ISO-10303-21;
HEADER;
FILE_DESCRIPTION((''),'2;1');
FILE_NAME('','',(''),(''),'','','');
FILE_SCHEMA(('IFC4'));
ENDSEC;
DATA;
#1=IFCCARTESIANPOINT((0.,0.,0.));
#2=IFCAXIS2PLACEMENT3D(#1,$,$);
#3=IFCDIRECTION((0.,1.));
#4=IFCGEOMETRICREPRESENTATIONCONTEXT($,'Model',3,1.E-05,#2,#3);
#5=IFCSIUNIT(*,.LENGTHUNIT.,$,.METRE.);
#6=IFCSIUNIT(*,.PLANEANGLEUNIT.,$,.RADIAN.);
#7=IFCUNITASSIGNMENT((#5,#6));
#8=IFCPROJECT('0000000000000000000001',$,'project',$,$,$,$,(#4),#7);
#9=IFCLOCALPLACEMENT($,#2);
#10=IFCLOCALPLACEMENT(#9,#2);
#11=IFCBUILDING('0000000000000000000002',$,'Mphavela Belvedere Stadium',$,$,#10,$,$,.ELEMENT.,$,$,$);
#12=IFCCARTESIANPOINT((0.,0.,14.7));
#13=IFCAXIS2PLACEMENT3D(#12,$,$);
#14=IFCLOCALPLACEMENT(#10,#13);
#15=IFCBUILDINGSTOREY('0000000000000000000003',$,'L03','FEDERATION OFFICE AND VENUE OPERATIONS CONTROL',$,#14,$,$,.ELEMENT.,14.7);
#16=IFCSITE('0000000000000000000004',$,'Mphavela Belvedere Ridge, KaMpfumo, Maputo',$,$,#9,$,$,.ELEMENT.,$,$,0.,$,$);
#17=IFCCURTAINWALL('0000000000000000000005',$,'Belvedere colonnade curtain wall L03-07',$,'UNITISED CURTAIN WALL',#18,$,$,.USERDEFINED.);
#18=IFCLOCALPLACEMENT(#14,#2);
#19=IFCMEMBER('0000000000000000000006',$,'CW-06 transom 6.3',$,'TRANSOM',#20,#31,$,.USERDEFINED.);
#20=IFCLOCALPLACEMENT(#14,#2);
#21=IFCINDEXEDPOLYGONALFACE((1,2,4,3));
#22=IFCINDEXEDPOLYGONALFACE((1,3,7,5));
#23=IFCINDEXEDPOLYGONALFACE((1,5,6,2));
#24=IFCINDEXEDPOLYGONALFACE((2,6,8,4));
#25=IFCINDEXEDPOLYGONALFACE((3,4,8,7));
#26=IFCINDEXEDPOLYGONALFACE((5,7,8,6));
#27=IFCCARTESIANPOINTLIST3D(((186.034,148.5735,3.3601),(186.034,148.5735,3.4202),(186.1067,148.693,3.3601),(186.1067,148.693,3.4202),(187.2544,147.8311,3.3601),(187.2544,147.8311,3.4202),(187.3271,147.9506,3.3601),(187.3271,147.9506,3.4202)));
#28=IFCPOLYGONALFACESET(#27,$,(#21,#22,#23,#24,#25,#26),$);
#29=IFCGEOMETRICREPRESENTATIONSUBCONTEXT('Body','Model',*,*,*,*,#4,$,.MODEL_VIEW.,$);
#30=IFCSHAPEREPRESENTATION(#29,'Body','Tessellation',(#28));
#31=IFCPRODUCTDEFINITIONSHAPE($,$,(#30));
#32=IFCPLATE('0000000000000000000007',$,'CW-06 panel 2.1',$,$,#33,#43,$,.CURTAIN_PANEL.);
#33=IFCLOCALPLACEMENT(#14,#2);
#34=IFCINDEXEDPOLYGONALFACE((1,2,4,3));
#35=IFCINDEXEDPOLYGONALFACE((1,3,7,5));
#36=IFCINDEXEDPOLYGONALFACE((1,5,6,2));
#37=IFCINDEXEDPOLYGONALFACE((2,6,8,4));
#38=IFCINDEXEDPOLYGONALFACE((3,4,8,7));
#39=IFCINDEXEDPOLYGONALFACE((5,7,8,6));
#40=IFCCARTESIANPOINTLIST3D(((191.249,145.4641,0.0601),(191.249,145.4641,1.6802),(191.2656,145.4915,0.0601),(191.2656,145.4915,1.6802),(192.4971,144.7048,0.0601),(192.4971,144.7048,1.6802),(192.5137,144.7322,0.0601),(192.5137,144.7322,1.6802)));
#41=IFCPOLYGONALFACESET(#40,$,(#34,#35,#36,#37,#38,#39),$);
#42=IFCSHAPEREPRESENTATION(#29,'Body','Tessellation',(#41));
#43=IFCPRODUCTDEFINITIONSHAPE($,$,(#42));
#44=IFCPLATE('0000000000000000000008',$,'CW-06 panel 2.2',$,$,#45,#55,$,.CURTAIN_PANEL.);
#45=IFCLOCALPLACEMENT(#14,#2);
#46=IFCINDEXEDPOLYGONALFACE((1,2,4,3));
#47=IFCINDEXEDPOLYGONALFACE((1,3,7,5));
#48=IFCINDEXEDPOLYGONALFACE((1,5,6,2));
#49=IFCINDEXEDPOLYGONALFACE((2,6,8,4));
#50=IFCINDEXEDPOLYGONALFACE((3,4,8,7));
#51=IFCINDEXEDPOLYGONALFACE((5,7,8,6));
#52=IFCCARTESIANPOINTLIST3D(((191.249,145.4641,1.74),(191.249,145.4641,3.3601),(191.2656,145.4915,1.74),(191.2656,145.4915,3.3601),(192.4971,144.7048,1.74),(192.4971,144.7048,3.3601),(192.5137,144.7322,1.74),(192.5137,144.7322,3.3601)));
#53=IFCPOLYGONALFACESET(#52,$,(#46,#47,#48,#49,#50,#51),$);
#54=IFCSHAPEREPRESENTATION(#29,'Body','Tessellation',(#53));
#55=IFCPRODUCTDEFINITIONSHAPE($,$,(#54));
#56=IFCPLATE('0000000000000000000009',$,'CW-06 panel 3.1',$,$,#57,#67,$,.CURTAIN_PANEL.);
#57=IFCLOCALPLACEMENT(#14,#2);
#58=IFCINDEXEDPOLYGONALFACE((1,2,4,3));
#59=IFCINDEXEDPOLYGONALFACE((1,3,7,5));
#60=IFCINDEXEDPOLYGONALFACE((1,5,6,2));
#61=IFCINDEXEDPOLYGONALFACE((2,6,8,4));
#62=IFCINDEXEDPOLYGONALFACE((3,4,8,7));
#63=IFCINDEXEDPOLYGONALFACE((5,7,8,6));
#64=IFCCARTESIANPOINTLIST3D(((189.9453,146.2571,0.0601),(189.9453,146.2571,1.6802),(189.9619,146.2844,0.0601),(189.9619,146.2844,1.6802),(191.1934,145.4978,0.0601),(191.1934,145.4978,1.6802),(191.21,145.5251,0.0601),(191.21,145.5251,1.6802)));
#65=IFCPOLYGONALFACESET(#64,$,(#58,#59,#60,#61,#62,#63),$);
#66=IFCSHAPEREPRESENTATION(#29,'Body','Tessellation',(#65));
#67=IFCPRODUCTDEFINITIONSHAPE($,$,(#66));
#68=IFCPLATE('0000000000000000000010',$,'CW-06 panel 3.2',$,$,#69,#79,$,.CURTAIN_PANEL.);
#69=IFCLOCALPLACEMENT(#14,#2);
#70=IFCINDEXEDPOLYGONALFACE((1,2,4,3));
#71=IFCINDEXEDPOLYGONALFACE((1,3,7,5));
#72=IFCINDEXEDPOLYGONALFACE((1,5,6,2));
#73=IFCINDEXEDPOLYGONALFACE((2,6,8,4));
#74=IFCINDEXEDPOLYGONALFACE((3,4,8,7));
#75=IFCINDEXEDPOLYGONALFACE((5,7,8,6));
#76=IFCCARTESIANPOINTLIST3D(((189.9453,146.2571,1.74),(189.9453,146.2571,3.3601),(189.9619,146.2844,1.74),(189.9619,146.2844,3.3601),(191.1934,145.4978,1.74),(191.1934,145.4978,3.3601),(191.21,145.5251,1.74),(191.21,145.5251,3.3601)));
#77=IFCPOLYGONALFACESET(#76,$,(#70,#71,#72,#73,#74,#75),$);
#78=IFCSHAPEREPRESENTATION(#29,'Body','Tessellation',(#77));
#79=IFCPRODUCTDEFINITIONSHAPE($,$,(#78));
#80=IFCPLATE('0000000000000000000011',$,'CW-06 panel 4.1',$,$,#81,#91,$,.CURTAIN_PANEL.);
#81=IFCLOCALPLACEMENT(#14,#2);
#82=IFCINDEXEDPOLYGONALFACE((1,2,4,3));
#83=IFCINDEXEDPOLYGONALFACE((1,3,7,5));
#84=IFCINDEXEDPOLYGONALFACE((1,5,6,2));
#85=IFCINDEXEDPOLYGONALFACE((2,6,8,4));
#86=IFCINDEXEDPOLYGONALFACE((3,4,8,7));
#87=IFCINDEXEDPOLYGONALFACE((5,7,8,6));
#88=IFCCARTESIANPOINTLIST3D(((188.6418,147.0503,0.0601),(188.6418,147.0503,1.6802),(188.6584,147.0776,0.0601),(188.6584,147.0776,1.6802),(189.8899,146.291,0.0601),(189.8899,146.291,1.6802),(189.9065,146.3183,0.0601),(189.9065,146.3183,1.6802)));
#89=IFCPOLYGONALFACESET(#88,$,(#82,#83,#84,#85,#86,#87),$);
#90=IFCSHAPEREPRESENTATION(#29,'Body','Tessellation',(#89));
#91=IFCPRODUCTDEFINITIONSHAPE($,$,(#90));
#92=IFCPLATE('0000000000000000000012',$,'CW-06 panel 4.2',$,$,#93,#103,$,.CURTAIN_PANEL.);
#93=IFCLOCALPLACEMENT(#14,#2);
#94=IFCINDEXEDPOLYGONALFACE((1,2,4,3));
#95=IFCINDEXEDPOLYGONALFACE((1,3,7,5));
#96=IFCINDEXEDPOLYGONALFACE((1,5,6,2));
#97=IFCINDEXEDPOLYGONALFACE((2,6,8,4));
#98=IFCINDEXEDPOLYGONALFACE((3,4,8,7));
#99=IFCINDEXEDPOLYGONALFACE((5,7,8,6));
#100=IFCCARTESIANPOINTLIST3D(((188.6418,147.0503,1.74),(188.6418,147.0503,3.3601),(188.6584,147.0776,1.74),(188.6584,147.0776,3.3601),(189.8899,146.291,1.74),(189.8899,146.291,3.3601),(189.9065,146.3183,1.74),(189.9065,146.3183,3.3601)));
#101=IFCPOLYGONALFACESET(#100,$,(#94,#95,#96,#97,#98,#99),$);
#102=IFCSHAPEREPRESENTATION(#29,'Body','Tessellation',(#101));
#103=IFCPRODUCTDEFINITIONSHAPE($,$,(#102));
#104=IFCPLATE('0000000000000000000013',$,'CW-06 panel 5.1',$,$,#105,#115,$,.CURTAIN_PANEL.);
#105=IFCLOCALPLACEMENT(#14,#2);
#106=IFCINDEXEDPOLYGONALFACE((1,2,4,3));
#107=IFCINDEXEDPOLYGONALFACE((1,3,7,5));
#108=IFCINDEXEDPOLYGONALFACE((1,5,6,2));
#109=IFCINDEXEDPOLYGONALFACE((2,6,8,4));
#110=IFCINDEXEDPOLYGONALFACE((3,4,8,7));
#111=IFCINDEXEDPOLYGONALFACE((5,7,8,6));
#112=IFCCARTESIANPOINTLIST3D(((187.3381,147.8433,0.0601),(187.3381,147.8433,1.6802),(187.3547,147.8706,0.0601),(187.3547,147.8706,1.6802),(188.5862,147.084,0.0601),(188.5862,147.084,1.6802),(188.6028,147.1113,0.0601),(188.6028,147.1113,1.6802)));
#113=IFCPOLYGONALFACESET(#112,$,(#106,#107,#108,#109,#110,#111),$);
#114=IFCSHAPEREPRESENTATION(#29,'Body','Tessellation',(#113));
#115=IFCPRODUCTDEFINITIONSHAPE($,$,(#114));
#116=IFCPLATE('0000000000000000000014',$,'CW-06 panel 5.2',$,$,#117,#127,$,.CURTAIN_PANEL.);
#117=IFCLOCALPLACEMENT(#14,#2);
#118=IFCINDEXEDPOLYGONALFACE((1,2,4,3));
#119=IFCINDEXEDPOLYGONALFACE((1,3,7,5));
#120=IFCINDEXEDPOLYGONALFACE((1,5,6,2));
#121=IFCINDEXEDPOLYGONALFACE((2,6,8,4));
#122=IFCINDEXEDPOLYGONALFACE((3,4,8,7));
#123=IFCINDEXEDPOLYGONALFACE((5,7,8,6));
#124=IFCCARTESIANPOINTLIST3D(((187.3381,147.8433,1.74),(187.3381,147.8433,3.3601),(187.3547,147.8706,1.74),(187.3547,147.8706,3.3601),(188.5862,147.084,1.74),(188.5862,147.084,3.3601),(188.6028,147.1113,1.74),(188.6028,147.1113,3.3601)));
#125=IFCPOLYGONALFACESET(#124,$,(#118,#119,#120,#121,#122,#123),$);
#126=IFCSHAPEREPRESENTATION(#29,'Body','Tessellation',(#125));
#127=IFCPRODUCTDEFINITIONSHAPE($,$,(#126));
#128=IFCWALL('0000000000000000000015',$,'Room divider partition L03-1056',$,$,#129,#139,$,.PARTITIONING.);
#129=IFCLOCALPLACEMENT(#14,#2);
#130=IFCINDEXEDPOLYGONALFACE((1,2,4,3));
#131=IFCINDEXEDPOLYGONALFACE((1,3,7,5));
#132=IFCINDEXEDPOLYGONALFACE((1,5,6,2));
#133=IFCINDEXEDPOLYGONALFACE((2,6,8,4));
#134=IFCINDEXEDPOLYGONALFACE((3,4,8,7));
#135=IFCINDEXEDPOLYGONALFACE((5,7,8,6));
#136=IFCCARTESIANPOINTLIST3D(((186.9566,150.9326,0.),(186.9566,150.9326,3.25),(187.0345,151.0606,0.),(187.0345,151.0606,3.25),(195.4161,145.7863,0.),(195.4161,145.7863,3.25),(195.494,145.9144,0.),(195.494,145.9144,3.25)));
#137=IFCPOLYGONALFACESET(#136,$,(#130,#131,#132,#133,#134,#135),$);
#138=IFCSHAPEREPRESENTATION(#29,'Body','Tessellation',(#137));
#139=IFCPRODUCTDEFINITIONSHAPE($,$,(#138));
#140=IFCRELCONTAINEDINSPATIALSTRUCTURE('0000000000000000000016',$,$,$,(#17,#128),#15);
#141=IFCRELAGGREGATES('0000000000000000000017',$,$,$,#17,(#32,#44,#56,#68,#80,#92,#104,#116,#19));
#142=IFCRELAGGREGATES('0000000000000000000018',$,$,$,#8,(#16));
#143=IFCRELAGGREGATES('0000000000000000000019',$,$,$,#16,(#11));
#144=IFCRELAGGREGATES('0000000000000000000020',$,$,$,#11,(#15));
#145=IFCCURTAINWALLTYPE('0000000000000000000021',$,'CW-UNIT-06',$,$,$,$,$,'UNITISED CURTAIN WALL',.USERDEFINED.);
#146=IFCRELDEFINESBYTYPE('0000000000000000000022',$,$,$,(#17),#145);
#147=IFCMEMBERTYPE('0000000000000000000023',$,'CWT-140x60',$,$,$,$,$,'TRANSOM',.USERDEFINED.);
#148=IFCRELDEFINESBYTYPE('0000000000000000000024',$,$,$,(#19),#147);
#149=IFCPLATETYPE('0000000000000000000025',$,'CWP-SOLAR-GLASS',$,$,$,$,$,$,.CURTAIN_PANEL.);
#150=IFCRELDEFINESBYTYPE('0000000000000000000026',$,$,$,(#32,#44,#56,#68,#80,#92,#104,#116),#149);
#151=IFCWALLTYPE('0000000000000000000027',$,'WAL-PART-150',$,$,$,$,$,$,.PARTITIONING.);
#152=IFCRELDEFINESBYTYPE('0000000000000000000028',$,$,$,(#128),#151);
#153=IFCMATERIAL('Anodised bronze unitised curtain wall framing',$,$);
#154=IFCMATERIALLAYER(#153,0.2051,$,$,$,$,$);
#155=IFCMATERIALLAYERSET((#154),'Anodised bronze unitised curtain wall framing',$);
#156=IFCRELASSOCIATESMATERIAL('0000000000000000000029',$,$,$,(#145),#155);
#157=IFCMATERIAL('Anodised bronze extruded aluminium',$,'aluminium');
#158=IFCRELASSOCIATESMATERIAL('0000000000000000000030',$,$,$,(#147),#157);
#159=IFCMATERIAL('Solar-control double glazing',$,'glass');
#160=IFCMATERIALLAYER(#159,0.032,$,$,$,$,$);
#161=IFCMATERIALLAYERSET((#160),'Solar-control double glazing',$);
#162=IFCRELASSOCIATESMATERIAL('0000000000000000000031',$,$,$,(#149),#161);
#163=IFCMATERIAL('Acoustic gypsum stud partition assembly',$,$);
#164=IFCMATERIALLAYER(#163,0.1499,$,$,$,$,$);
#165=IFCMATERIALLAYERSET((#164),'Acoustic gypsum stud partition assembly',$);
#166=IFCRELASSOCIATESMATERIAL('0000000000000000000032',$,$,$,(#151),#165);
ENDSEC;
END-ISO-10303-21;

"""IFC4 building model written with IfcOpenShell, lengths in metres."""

from ifc_helpers import new_model, si_unit, direction, frame, frame_2d, origin, origin_2d, place, context, subcontext, project, spatial, rectangle, extrude, material, layer, layer_set, material_profile, profile_set, type_object, element, aggregate, save


model = new_model("IFC4")

# Units and contexts
model_context = context("Model", 3, precision=1e-05, world=origin(), true_north=direction((0.0, 1.0)))
body_context = subcontext(model_context, "Body", "Model", "MODEL_VIEW")
ifc_project = project(units=[si_unit("LENGTHUNIT", "METRE"), si_unit("PLANEANGLEUNIT", "RADIAN")], contexts=[model_context])

# Site, building, storey
site_placement = place(None, origin())
site = spatial("IfcSite", under=ifc_project, at=site_placement, Name="Mphavela Belvedere Ridge, KaMpfumo, Maputo", CompositionType="ELEMENT", RefElevation=0.0)
building_placement = place(site_placement, origin())
building = spatial("IfcBuilding", under=site, at=building_placement, Name="Mphavela Belvedere Stadium", CompositionType="ELEMENT")
storey_placement = place(building_placement, frame((0.0, 0.0, 14.7)))
storey = spatial("IfcBuildingStorey", under=building, at=storey_placement, Name="L03", Description="FEDERATION OFFICE AND VENUE OPERATIONS CONTROL", CompositionType="ELEMENT", Elevation=14.7)

# Curtain wall, member, plates
ifc_material_1 = material(Name="Anodised bronze unitised curtain wall framing")
ifc_layer_1 = layer(ifc_material_1, 0.2051)
ifc_layer_set_1 = layer_set([ifc_layer_1], Name="Anodised bronze unitised curtain wall framing")
curtain_wall_type = type_object("IfcCurtainWallType", Name="CW-UNIT-06", ElementType="UNITISED CURTAIN WALL", PredefinedType="USERDEFINED", material=ifc_layer_set_1)
curtain_wall_placement = place(storey_placement, origin())
curtain_wall = element("IfcCurtainWall", 1, at=curtain_wall_placement, inside=storey, type_object=curtain_wall_type, Name="Belvedere colonnade curtain wall L03-07", ObjectType="UNITISED CURTAIN WALL", PredefinedType="USERDEFINED")
ifc_material_2 = material(Name="Anodised bronze extruded aluminium", Category="aluminium")
ifc_material_profile_1 = material_profile(ifc_material_2, rectangle(XDim=0.1399, YDim=0.0601, at=origin_2d()), Name="CW-TRN 140x60")
ifc_profile_set_1 = profile_set([ifc_material_profile_1], Name="Anodised bronze extruded aluminium")
member_type_1 = type_object("IfcMemberType", Name="CWT-140x60", ElementType="TRANSOM", PredefinedType="USERDEFINED", material=ifc_profile_set_1)
member_1_placement = place(storey_placement, frame((187.2908, 147.8909, 3.3901), z_axis=(-0.85434, 0.519714, 0.0), x_axis=(-0.519714, -0.85434, 0.0)))
member_1 = element("IfcMember", 2, at=member_1_placement, type_object=member_type_1, Name="CW-06 transom 6.3", ObjectType="TRANSOM", PredefinedType="USERDEFINED", context=body_context, shape_type="SweptSolid", body=[
    extrude(rectangle(XDim=0.1399, YDim=0.0601, at=origin_2d()), origin(), (0.0, 0.0, 1.0), 1.4285),
])
ifc_material_3 = material(Name="Solar-control double glazing", Category="glass")
ifc_layer_2 = layer(ifc_material_3, 0.032)
ifc_layer_set_2 = layer_set([ifc_layer_2], Name="Solar-control double glazing")
plate_type = type_object("IfcPlateType", Name="CWP-SOLAR-GLASS", PredefinedType="CURTAIN_PANEL", material=ifc_layer_set_2)
plate_1_placement = place(storey_placement, frame((191.8813, 145.0981, 0.0601), z_axis=(0.0, 0.0, 1.0), x_axis=(-0.854325, 0.519738, 0.0)))
plate_1 = element("IfcPlate", 3, at=plate_1_placement, type_object=plate_type, Name="CW-06 panel 2.1", PredefinedType="CURTAIN_PANEL", context=body_context, shape_type="SweptSolid", body=[
    extrude(rectangle(XDim=1.4609, YDim=0.032, at=origin_2d()), origin(), (0.0, 0.0, 1.0), 1.6201),
])
plate_2_placement = place(storey_placement, frame((191.8813, 145.0981, 1.74), z_axis=(0.0, 0.0, 1.0), x_axis=(-0.854325, 0.519738, 0.0)))
plate_2 = element("IfcPlate", 4, at=plate_2_placement, type_object=plate_type, Name="CW-06 panel 2.2", PredefinedType="CURTAIN_PANEL", context=body_context, shape_type="SweptSolid", body=[
    extrude(rectangle(XDim=1.4609, YDim=0.032, at=origin_2d()), origin(), (0.0, 0.0, 1.0), 1.6201),
])
plate_3_placement = place(storey_placement, frame((190.5776, 145.8911, 0.0601), z_axis=(0.0, 0.0, 1.0), x_axis=(-0.854325, 0.519738, 0.0)))
plate_3 = element("IfcPlate", 5, at=plate_3_placement, type_object=plate_type, Name="CW-06 panel 3.1", PredefinedType="CURTAIN_PANEL", context=body_context, shape_type="SweptSolid", body=[
    extrude(rectangle(XDim=1.4609, YDim=0.032, at=origin_2d()), origin(), (0.0, 0.0, 1.0), 1.6201),
])
plate_4_placement = place(storey_placement, frame((190.5776, 145.8911, 1.74), z_axis=(0.0, 0.0, 1.0), x_axis=(-0.854325, 0.519738, 0.0)))
plate_4 = element("IfcPlate", 6, at=plate_4_placement, type_object=plate_type, Name="CW-06 panel 3.2", PredefinedType="CURTAIN_PANEL", context=body_context, shape_type="SweptSolid", body=[
    extrude(rectangle(XDim=1.4609, YDim=0.032, at=origin_2d()), origin(), (0.0, 0.0, 1.0), 1.6201),
])
plate_5_placement = place(storey_placement, frame((189.2742, 146.6843, 0.0601), z_axis=(0.0, 0.0, 1.0), x_axis=(-0.854325, 0.519738, 0.0)))
plate_5 = element("IfcPlate", 7, at=plate_5_placement, type_object=plate_type, Name="CW-06 panel 4.1", PredefinedType="CURTAIN_PANEL", context=body_context, shape_type="SweptSolid", body=[
    extrude(rectangle(XDim=1.4609, YDim=0.032, at=origin_2d()), origin(), (0.0, 0.0, 1.0), 1.6201),
])
plate_6_placement = place(storey_placement, frame((189.2742, 146.6843, 1.74), z_axis=(0.0, 0.0, 1.0), x_axis=(-0.854325, 0.519738, 0.0)))
plate_6 = element("IfcPlate", 8, at=plate_6_placement, type_object=plate_type, Name="CW-06 panel 4.2", PredefinedType="CURTAIN_PANEL", context=body_context, shape_type="SweptSolid", body=[
    extrude(rectangle(XDim=1.4609, YDim=0.032, at=origin_2d()), origin(), (0.0, 0.0, 1.0), 1.6201),
])
plate_7_placement = place(storey_placement, frame((187.9705, 147.4773, 0.0601), z_axis=(0.0, 0.0, 1.0), x_axis=(-0.854325, 0.519738, 0.0)))
plate_7 = element("IfcPlate", 9, at=plate_7_placement, type_object=plate_type, Name="CW-06 panel 5.1", PredefinedType="CURTAIN_PANEL", context=body_context, shape_type="SweptSolid", body=[
    extrude(rectangle(XDim=1.4609, YDim=0.032, at=origin_2d()), origin(), (0.0, 0.0, 1.0), 1.6201),
])
plate_8_placement = place(storey_placement, frame((187.9705, 147.4773, 1.74), z_axis=(0.0, 0.0, 1.0), x_axis=(-0.854325, 0.519738, 0.0)))
plate_8 = element("IfcPlate", 10, at=plate_8_placement, type_object=plate_type, Name="CW-06 panel 5.2", PredefinedType="CURTAIN_PANEL", context=body_context, shape_type="SweptSolid", body=[
    extrude(rectangle(XDim=1.4609, YDim=0.032, at=origin_2d()), origin(), (0.0, 0.0, 1.0), 1.6201),
])
aggregate(curtain_wall, [plate_1, plate_2, plate_3, plate_4, plate_5, plate_6, plate_7, plate_8, member_1])

# Wall
ifc_material_4 = material(Name="Acoustic gypsum stud partition assembly")
ifc_layer_3 = layer(ifc_material_4, 0.1499)
ifc_layer_set_3 = layer_set([ifc_layer_3], Name="Acoustic gypsum stud partition assembly")
wall_type = type_object("IfcWallType", Name="WAL-PART-150", PredefinedType="PARTITIONING", material=ifc_layer_set_3)
wall_placement = place(storey_placement, frame((195.4551, 145.8503, 0.0), z_axis=(0.0, 0.0, 1.0), x_axis=(-0.854333, 0.519726, 0.0)))
element("IfcWall", 11, at=wall_placement, inside=storey, type_object=wall_type, Name="Room divider partition L03-1056", PredefinedType="PARTITIONING", context=body_context, shape_type="SweptSolid", body=[
    extrude(rectangle(XDim=9.9019, YDim=0.1499, at=frame_2d((4.9509, 0.0))), origin(), (0.0, 0.0, 1.0), 3.25),
])

save(model, "model.ifc")
